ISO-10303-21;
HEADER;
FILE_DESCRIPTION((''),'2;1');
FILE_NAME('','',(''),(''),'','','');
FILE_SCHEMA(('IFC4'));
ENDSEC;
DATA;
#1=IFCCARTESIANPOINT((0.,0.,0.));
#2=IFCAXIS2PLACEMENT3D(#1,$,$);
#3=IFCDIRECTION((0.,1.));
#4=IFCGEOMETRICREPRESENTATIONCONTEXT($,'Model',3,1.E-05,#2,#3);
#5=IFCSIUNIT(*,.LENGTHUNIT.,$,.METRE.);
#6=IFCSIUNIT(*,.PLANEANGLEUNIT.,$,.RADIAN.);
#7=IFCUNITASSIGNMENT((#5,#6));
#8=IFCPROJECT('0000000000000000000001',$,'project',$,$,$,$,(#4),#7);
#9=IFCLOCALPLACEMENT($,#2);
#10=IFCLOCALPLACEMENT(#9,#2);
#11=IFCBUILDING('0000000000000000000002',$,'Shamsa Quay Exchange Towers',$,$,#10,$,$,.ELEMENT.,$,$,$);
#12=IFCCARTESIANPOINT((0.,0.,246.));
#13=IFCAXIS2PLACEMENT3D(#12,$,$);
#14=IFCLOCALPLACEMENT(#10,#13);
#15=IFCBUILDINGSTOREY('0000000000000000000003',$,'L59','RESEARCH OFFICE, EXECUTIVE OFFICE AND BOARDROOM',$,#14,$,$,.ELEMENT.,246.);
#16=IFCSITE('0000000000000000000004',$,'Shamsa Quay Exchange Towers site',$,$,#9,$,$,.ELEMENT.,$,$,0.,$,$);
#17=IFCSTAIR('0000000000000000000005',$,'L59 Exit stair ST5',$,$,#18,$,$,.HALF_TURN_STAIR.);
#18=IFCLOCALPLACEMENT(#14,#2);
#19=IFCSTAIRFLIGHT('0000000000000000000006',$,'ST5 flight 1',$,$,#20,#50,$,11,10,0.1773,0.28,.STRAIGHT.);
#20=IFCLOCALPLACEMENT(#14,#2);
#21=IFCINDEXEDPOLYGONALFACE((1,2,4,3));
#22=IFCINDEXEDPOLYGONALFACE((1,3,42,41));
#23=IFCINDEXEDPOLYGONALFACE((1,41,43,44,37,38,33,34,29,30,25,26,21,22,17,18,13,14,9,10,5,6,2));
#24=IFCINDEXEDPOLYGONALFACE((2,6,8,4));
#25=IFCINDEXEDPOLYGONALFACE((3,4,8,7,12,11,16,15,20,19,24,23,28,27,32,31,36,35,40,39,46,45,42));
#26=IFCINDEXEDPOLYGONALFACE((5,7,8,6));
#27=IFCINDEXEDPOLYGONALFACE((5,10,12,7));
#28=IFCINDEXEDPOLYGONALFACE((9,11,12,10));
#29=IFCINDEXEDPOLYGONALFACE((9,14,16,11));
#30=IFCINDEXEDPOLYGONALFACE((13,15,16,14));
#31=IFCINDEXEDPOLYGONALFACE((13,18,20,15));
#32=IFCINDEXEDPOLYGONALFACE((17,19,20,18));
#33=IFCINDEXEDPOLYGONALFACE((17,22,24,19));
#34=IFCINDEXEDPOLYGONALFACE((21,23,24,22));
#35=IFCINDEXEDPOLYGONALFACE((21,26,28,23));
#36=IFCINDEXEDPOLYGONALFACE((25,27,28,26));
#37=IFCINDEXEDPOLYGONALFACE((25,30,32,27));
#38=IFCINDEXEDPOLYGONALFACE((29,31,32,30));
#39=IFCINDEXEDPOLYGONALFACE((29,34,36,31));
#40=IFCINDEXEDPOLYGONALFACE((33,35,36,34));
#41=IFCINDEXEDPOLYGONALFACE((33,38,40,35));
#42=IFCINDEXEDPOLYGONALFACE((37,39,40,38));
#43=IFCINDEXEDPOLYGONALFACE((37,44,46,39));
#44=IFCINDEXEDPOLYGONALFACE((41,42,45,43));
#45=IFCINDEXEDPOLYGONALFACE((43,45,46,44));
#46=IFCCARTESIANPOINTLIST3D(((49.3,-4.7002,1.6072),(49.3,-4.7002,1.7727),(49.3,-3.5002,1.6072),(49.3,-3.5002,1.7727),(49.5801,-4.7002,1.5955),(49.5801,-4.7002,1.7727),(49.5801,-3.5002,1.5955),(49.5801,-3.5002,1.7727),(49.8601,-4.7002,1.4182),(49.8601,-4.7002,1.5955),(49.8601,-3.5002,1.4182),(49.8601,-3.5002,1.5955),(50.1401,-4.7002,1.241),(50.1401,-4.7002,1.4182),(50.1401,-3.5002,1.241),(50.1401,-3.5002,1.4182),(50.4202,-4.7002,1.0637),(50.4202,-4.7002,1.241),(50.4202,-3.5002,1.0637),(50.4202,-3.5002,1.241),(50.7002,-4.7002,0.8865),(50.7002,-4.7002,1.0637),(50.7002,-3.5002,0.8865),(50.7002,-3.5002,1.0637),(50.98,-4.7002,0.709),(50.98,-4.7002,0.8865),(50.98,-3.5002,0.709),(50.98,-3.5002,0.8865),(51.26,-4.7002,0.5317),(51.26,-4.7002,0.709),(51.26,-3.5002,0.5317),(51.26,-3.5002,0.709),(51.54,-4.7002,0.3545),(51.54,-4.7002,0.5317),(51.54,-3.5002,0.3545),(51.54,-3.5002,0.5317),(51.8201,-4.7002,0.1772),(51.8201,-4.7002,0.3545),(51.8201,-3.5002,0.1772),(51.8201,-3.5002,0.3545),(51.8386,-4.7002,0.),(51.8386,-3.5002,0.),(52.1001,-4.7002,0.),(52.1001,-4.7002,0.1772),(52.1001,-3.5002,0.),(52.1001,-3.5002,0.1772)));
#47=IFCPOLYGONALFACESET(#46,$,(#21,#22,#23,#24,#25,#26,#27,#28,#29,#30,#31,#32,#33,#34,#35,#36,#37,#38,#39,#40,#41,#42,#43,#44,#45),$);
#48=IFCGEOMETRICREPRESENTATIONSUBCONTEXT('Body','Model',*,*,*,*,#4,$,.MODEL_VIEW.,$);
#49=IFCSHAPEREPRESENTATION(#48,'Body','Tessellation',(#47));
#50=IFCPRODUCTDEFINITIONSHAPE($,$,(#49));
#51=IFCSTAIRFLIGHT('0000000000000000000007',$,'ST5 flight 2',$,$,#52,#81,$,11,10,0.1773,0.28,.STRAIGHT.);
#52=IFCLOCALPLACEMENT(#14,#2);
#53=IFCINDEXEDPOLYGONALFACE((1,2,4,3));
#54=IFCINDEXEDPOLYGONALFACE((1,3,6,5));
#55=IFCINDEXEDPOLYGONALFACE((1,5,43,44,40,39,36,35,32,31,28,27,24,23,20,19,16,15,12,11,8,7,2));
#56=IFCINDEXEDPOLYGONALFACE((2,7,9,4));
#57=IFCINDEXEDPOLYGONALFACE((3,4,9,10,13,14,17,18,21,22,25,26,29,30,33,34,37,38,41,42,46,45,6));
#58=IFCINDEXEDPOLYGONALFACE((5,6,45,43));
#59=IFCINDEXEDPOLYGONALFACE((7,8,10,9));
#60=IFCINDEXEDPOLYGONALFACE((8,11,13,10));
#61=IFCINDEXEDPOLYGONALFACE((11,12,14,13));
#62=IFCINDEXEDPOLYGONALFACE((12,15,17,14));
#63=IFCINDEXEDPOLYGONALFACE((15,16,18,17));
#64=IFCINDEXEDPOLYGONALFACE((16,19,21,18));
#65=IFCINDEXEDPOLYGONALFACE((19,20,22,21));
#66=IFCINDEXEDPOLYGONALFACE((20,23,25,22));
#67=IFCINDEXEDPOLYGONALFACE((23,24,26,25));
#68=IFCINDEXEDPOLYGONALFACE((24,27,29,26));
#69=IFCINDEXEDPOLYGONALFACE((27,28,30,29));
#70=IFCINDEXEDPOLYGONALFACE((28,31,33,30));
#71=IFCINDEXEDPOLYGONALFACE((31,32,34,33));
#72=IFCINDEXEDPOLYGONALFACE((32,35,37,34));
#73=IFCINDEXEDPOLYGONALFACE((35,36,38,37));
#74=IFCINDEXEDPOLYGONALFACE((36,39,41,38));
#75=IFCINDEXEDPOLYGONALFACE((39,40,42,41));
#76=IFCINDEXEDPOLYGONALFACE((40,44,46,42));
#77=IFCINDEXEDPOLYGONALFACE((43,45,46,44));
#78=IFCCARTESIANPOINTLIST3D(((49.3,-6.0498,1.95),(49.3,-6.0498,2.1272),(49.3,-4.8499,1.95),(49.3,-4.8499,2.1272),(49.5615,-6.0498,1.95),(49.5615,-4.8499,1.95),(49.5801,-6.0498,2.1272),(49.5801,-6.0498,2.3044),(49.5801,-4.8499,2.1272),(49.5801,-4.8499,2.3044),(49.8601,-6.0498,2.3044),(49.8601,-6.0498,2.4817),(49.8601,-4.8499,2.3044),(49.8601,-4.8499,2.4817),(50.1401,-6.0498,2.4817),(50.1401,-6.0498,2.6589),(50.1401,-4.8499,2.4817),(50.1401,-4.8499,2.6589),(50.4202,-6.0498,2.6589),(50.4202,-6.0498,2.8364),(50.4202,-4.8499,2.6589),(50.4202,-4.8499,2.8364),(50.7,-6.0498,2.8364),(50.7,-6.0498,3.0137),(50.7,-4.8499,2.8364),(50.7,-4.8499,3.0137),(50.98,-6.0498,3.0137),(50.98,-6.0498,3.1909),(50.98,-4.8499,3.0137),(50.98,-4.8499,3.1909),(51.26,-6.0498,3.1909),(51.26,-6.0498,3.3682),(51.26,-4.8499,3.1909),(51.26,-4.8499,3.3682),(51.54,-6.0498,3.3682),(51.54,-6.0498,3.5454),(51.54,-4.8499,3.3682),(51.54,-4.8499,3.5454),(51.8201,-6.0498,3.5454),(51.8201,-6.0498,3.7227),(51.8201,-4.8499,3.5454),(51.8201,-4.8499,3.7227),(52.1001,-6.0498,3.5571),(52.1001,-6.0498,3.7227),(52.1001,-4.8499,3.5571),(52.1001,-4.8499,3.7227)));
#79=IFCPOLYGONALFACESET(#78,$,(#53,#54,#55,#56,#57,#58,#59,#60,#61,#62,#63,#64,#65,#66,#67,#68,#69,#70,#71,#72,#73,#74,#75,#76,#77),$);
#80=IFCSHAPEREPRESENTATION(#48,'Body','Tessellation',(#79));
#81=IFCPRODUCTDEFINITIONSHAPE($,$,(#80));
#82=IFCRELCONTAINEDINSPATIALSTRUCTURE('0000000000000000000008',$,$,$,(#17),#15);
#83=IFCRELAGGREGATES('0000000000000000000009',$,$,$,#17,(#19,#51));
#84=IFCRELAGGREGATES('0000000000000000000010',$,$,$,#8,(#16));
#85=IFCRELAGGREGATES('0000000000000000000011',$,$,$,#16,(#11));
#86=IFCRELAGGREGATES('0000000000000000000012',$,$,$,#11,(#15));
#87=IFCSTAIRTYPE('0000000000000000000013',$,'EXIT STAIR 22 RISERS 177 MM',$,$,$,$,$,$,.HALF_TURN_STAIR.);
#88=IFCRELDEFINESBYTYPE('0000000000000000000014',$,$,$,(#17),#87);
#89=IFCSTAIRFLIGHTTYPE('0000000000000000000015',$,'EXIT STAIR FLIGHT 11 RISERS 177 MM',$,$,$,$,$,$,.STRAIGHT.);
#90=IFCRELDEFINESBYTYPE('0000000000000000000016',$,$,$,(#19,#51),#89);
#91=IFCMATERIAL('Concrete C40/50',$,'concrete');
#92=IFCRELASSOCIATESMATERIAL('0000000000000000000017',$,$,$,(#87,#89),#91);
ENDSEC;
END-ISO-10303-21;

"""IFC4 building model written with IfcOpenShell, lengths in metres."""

from ifc_helpers import new_model, si_unit, direction, frame, origin, place, context, subcontext, project, spatial, polyline, outline, extrude, material, type_object, element, aggregate, save


model = new_model("IFC4")

# Units and contexts
model_context = context("Model", 3, precision=1e-05, world=origin(), true_north=direction((0.0, 1.0)))
body_context = subcontext(model_context, "Body", "Model", "MODEL_VIEW")
ifc_project = project(units=[si_unit("LENGTHUNIT", "METRE"), si_unit("PLANEANGLEUNIT", "RADIAN")], contexts=[model_context])

# Site, building, storey
site_placement = place(None, origin())
site = spatial("IfcSite", under=ifc_project, at=site_placement, Name="Shamsa Quay Exchange Towers site", CompositionType="ELEMENT", RefElevation=0.0)
building_placement = place(site_placement, origin())
building = spatial("IfcBuilding", under=site, at=building_placement, Name="Shamsa Quay Exchange Towers", CompositionType="ELEMENT")
storey_placement = place(building_placement, frame((0.0, 0.0, 246.0)))
storey = spatial("IfcBuildingStorey", under=building, at=storey_placement, Name="L59", Description="RESEARCH OFFICE, EXECUTIVE OFFICE AND BOARDROOM", CompositionType="ELEMENT", Elevation=246.0)

# Stair, stair flights
ifc_material_1 = material(Name="Concrete C40/50", Category="concrete")
stair_type = type_object("IfcStairType", Name="EXIT STAIR 22 RISERS 177 MM", PredefinedType="HALF_TURN_STAIR", material=ifc_material_1)
stair_placement = place(storey_placement, origin())
stair = element("IfcStair", 1, at=stair_placement, inside=storey, type_object=stair_type, Name="L59 Exit stair ST5", PredefinedType="HALF_TURN_STAIR")
stair_flight_type = type_object("IfcStairFlightType", Name="EXIT STAIR FLIGHT 11 RISERS 177 MM", PredefinedType="STRAIGHT", material=ifc_material_1)
stair_flight_1_placement = place(storey_placement, frame((52.1001, -4.1001, 0.0), z_axis=(0.0, 0.0, 1.0), x_axis=(-1.0, 0.0, 0.0)))
stair_flight_1 = element("IfcStairFlight", 2, at=stair_flight_1_placement, type_object=stair_flight_type, Name="ST5 flight 1", NumberOfRisers=11, NumberOfTreads=10, PredefinedType="STRAIGHT", RiserHeight=0.1773, TreadLength=0.28, context=body_context, shape_type="SweptSolid", body=[
    extrude(outline(polyline([(0.0, 0.0), (0.0, 0.1772), (0.28, 0.1772), (0.28, 0.3545), (0.5601, 0.3545), (0.5601, 0.5317), (0.8401, 0.5317), (0.8401, 0.709), (1.1201, 0.709), (1.1201, 0.8865), (1.3999, 0.8865), (1.3999, 1.0637), (1.6799, 1.0637), (1.6799, 1.241), (1.96, 1.241), (1.96, 1.4182), (2.24, 1.4182), (2.24, 1.5955), (2.52, 1.5955), (2.52, 1.7727), (2.8, 1.7727), (2.8, 1.95), (2.8, 1.6072), (0.2615, 0.0), (0.0, 0.0)])), frame((0.0, 0.6001, 0.0), z_axis=(0.0, -1.0, 0.0), x_axis=(1.0, 0.0, 0.0)), (0.0, 0.0, 1.0), 1.2),
])
stair_flight_2_placement = place(storey_placement, frame((49.3, -5.45, 1.95)))
stair_flight_2 = element("IfcStairFlight", 3, at=stair_flight_2_placement, type_object=stair_flight_type, Name="ST5 flight 2", NumberOfRisers=11, NumberOfTreads=10, PredefinedType="STRAIGHT", RiserHeight=0.1773, TreadLength=0.28, context=body_context, shape_type="SweptSolid", body=[
    extrude(outline(polyline([(0.0, 0.0), (0.0, 0.1772), (0.28, 0.1772), (0.28, 0.3545), (0.5601, 0.3545), (0.5601, 0.5317), (0.8401, 0.5317), (0.8401, 0.709), (1.1201, 0.709), (1.1201, 0.8865), (1.3999, 0.8865), (1.3999, 1.0637), (1.6799, 1.0637), (1.6799, 1.241), (1.96, 1.241), (1.96, 1.4182), (2.24, 1.4182), (2.24, 1.5955), (2.52, 1.5955), (2.52, 1.7727), (2.8, 1.7727), (2.8, 1.95), (2.8, 1.6072), (0.2615, 0.0), (0.0, 0.0)])), frame((0.0, 0.6001, 0.0), z_axis=(0.0, -1.0, 0.0), x_axis=(1.0, 0.0, 0.0)), (0.0, 0.0, 1.0), 1.2),
])
aggregate(stair, [stair_flight_1, stair_flight_2])

save(model, "model.ifc")
